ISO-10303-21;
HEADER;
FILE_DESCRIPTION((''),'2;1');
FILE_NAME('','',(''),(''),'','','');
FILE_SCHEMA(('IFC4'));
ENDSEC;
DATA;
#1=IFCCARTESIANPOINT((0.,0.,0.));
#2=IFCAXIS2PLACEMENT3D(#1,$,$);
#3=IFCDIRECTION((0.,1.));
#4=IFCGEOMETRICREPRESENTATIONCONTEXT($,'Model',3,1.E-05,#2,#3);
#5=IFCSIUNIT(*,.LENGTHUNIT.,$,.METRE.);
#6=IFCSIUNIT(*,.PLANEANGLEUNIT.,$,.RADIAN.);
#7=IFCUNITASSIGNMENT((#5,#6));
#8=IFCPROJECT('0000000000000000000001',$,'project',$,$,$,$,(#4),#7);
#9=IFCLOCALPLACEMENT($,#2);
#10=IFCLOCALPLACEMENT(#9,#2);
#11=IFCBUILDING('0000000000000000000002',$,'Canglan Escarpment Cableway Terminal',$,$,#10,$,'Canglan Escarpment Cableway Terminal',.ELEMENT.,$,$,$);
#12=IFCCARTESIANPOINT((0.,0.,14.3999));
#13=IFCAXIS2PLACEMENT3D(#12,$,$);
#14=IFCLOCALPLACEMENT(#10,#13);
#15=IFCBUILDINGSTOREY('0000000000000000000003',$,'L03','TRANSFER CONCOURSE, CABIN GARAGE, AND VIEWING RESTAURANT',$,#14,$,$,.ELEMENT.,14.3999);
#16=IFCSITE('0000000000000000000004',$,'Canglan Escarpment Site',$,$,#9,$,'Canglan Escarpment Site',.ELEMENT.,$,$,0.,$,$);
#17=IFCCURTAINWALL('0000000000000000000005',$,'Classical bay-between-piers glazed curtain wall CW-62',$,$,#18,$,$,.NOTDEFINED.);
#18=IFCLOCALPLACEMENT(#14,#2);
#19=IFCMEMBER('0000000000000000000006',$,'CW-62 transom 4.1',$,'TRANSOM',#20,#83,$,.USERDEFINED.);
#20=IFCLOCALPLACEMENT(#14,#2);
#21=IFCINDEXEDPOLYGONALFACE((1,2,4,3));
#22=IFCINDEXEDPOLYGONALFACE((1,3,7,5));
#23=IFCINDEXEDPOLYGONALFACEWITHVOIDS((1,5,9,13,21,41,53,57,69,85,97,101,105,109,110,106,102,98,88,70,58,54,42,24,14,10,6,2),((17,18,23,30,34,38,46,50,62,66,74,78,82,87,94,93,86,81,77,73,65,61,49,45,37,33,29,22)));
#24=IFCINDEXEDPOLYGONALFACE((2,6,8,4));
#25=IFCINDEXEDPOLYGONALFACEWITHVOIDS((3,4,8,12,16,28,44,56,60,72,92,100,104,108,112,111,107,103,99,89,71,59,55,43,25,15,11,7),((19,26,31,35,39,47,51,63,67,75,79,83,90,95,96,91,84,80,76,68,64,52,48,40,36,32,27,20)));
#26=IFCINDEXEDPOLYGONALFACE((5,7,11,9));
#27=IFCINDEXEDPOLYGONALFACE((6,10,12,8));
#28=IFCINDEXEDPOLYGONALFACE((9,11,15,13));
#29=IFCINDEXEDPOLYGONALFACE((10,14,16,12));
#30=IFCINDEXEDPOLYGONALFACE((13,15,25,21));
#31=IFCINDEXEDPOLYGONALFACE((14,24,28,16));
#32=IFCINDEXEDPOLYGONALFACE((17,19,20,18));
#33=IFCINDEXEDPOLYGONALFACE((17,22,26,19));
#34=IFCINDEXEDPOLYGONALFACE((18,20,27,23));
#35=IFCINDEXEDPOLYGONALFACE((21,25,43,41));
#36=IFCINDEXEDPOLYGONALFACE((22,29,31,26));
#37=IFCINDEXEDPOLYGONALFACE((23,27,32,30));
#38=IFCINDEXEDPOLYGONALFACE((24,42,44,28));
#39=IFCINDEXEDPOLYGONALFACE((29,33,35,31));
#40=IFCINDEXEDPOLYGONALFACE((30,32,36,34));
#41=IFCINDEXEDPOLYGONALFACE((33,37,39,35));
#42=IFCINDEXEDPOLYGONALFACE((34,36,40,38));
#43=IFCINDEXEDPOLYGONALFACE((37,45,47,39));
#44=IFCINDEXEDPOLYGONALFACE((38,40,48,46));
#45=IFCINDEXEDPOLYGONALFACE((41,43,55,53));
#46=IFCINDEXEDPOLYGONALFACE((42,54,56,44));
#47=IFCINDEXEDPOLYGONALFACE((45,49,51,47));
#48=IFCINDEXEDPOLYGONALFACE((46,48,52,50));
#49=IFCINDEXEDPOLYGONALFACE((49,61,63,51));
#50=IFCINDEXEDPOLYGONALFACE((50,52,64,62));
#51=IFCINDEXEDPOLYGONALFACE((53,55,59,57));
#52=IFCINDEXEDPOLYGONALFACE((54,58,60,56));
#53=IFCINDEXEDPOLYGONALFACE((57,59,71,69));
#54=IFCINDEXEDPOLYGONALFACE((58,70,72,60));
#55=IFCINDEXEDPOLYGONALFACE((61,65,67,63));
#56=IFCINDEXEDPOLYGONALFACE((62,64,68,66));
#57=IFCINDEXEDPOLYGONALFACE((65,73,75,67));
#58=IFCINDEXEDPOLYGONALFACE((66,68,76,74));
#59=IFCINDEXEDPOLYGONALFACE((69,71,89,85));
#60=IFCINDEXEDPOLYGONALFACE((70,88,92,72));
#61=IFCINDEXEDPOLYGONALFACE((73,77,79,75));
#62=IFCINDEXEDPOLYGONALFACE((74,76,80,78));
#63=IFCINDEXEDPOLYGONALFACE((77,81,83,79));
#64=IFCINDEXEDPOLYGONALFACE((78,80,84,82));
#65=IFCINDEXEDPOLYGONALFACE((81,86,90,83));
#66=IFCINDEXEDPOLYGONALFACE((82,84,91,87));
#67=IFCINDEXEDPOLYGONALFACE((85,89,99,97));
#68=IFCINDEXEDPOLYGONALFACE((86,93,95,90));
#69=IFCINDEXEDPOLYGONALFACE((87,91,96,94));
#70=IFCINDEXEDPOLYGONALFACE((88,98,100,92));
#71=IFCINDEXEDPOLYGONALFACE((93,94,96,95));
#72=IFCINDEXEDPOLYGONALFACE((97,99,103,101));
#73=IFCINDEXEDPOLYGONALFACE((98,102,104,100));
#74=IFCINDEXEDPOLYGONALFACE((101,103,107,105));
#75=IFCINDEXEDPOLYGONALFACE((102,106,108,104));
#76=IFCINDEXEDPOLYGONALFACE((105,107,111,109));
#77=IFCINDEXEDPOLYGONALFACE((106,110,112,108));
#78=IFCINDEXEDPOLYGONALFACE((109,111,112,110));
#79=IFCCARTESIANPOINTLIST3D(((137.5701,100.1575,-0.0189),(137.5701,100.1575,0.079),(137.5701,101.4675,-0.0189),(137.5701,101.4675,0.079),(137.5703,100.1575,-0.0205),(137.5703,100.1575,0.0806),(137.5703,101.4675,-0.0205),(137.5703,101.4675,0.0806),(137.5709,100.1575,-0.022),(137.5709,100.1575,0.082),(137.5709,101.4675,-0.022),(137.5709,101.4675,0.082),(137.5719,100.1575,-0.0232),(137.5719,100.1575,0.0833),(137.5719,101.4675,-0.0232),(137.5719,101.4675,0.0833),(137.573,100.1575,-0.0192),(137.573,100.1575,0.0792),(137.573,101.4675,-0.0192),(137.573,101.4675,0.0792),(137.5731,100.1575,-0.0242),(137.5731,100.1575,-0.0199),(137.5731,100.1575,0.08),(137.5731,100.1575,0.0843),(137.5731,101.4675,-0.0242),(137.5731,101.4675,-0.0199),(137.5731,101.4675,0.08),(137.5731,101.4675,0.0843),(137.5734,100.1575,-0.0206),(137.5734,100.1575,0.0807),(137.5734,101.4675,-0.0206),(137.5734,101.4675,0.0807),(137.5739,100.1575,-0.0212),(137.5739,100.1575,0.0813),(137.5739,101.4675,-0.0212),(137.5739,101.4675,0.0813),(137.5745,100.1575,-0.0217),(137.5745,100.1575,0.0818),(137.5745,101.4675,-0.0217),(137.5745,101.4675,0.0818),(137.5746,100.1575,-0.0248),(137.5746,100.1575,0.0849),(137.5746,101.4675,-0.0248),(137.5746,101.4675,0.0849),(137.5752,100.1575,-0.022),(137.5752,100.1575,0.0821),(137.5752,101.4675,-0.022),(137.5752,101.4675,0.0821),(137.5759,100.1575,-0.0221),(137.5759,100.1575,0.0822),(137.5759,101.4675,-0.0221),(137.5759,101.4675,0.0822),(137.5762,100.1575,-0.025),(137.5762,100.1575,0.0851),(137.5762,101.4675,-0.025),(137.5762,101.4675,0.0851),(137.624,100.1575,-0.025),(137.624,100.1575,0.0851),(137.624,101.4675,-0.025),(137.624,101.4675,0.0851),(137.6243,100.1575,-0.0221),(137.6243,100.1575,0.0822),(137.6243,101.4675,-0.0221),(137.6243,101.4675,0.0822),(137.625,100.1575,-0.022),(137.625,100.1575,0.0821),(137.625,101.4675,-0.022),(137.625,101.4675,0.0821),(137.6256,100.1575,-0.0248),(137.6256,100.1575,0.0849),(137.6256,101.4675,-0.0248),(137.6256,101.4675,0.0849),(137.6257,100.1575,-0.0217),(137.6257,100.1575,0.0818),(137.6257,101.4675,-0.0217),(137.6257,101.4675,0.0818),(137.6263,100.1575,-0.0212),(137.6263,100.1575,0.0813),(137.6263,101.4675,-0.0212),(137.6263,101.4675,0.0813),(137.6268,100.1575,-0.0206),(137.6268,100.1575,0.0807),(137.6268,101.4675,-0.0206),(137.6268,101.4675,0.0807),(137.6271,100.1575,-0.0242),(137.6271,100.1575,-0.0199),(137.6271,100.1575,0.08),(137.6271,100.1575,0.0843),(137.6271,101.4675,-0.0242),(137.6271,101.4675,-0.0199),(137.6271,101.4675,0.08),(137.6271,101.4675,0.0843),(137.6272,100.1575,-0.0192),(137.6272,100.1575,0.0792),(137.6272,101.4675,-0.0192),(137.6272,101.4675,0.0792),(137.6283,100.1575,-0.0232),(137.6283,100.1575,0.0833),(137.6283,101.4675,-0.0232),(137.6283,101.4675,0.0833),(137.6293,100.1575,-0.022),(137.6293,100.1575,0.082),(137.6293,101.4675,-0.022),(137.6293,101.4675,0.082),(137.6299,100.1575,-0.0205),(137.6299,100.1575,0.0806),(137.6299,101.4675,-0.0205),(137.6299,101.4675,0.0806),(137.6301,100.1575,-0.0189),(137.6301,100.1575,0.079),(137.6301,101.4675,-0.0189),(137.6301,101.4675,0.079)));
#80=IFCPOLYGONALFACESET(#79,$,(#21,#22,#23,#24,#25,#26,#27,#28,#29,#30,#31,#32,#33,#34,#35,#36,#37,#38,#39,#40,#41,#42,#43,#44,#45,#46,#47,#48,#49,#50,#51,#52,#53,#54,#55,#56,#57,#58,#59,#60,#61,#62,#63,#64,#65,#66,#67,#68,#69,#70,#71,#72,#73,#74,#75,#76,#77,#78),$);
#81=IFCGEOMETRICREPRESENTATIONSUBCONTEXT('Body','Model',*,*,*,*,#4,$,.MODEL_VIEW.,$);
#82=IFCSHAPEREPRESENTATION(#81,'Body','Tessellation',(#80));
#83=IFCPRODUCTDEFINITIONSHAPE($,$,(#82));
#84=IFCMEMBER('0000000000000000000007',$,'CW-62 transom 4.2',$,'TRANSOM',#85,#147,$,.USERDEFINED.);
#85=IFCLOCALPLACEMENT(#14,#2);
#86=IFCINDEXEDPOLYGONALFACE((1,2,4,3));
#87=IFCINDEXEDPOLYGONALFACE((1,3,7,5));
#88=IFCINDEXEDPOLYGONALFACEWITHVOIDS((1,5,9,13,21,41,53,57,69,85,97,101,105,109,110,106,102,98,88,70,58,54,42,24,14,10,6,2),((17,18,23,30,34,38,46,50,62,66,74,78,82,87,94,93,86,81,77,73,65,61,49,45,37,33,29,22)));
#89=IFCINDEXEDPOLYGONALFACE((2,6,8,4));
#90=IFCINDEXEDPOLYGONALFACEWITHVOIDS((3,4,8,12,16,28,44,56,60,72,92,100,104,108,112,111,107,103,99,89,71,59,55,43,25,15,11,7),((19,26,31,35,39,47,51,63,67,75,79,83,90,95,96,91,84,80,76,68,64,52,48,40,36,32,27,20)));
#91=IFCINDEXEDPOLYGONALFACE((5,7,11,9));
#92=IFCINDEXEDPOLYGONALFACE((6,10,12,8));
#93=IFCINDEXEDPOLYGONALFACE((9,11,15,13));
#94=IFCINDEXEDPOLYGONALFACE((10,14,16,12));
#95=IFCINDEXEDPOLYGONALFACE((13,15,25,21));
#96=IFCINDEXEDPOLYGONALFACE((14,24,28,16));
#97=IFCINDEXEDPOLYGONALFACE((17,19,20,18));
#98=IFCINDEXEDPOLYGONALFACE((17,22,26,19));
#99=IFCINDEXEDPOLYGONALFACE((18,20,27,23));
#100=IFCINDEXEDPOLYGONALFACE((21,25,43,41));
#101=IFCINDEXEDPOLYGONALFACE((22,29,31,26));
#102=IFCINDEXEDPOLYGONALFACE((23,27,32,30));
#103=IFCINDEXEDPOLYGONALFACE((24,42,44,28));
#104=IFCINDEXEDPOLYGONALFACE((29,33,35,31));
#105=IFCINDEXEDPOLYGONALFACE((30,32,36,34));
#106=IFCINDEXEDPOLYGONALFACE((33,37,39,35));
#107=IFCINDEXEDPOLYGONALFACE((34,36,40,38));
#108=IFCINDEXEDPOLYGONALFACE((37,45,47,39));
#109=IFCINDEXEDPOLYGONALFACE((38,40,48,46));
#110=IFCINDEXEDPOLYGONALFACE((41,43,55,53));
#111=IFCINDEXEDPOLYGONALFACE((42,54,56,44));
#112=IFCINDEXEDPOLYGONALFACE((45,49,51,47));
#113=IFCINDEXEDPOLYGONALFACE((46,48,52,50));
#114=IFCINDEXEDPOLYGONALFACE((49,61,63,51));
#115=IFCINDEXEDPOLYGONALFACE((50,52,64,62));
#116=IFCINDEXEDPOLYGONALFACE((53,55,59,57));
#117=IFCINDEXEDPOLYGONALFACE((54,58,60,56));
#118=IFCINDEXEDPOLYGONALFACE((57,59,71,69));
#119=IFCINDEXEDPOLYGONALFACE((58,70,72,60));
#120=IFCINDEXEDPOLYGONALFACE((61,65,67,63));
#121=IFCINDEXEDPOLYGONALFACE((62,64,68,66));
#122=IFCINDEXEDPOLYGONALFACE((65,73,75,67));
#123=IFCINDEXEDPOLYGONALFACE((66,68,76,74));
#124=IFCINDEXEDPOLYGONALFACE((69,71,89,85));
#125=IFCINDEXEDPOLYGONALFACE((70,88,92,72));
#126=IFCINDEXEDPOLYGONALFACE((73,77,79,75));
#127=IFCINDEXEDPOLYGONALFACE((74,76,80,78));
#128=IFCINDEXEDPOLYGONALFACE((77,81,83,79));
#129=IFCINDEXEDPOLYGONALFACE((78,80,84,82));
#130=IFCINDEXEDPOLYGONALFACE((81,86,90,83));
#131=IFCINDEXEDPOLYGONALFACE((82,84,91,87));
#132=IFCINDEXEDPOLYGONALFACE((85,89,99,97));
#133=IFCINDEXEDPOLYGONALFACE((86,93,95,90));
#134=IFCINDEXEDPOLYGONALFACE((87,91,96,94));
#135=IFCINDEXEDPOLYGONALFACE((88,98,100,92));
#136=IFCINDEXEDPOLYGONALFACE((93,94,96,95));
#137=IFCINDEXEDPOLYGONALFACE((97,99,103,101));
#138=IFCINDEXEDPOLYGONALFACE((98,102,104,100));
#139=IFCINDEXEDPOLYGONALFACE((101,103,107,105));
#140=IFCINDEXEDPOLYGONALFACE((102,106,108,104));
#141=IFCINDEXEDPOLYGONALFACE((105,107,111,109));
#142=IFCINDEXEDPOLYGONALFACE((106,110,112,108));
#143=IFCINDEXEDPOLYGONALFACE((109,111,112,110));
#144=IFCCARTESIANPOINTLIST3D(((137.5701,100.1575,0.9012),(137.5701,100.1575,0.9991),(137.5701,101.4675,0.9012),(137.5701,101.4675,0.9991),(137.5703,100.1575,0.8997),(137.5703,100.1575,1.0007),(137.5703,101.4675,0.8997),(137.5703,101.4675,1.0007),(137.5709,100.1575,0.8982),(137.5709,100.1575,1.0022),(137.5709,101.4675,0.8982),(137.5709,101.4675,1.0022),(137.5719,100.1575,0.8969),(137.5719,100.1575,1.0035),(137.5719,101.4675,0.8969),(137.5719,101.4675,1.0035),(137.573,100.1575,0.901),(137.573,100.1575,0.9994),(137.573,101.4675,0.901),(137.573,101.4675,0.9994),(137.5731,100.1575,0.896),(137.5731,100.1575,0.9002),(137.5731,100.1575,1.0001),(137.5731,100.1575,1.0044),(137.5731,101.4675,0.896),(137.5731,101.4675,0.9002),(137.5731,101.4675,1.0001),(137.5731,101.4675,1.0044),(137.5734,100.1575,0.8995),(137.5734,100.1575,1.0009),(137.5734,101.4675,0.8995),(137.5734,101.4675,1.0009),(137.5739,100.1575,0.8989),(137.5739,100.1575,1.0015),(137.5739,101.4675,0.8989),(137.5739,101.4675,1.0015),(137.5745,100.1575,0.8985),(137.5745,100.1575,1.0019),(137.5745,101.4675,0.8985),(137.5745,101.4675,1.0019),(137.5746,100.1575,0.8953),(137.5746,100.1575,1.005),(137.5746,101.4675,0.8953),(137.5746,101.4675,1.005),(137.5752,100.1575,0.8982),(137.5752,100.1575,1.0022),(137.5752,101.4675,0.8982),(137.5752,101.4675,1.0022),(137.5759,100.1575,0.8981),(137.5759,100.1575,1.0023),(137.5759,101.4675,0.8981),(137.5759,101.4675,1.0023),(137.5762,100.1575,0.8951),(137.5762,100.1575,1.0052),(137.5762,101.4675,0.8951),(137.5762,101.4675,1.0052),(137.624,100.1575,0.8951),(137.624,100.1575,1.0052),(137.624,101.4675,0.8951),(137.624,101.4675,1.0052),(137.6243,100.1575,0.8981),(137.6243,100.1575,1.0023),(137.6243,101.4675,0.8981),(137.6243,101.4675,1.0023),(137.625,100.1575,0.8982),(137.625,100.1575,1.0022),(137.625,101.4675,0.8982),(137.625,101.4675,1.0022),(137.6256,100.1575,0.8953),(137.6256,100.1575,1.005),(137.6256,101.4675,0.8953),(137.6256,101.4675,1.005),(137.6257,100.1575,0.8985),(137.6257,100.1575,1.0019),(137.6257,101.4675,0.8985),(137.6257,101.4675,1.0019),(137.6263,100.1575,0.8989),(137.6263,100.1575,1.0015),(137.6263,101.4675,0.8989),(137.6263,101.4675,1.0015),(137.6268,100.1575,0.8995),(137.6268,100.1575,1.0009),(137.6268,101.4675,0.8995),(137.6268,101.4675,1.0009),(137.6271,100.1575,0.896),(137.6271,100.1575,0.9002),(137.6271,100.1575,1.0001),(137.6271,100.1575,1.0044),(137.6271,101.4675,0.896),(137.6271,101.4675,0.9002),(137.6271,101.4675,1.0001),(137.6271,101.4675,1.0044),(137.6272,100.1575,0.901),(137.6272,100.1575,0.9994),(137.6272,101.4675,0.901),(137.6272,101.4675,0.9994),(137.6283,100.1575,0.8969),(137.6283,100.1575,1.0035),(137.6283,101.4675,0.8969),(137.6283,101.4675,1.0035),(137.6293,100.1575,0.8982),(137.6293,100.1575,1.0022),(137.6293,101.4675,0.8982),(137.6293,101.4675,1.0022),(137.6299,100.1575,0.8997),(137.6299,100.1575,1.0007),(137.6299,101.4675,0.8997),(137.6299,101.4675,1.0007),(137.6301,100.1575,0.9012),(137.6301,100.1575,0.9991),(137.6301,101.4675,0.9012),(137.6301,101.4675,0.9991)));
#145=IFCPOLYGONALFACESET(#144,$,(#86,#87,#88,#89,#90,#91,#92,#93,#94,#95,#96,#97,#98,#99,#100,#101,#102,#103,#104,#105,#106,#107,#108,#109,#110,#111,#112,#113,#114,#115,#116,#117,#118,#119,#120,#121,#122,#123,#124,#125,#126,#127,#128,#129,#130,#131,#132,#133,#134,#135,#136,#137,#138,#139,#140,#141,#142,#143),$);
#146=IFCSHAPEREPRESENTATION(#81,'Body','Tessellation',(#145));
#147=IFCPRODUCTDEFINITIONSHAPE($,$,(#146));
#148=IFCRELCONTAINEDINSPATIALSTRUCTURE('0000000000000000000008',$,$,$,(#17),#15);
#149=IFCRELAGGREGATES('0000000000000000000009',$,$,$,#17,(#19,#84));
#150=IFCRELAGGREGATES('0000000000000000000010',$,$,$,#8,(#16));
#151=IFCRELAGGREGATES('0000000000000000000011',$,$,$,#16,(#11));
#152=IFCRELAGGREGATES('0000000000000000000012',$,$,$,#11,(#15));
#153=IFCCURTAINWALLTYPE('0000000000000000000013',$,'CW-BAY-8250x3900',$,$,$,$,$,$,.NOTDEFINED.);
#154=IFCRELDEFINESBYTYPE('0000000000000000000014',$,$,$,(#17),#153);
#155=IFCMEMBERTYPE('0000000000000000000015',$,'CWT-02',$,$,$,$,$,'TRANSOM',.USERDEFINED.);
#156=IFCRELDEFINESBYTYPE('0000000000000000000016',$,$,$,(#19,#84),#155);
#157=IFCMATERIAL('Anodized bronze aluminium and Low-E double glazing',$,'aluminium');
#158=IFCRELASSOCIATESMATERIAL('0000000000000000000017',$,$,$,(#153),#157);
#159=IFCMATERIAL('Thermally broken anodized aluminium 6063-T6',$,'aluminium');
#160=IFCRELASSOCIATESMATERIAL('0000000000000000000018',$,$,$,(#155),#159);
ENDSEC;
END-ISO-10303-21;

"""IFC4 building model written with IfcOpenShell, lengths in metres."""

from ifc_helpers import new_model, si_unit, direction, frame, origin, origin_2d, place, context, subcontext, project, spatial, hollow_rectangle, extrude, material, material_profile, profile_set, type_object, element, aggregate, save


model = new_model("IFC4")

# Units and contexts
model_context = context("Model", 3, precision=1e-05, world=origin(), true_north=direction((0.0, 1.0)))
body_context = subcontext(model_context, "Body", "Model", "MODEL_VIEW")
ifc_project = project(units=[si_unit("LENGTHUNIT", "METRE"), si_unit("PLANEANGLEUNIT", "RADIAN")], contexts=[model_context])

# Site, building, storey
site_placement = place(None, origin())
site = spatial("IfcSite", under=ifc_project, at=site_placement, Name="Canglan Escarpment Site", LongName="Canglan Escarpment Site", CompositionType="ELEMENT", RefElevation=0.0)
building_placement = place(site_placement, origin())
building = spatial("IfcBuilding", under=site, at=building_placement, Name="Canglan Escarpment Cableway Terminal", LongName="Canglan Escarpment Cableway Terminal", CompositionType="ELEMENT")
storey_placement = place(building_placement, frame((0.0, 0.0, 14.3999)))
storey = spatial("IfcBuildingStorey", under=building, at=storey_placement, Name="L03", Description="TRANSFER CONCOURSE, CABIN GARAGE, AND VIEWING RESTAURANT", CompositionType="ELEMENT", Elevation=14.3999)

# Curtain wall
ifc_material_1 = material(Name="Anodized bronze aluminium and Low-E double glazing", Category="aluminium")
curtain_wall_type_1 = type_object("IfcCurtainWallType", Name="CW-BAY-8250x3900", PredefinedType="NOTDEFINED", material=ifc_material_1)
curtain_wall_1_placement = place(storey_placement, origin())
curtain_wall_1 = element("IfcCurtainWall", 1, at=curtain_wall_1_placement, inside=storey, type_object=curtain_wall_type_1, Name="Classical bay-between-piers glazed curtain wall CW-62", PredefinedType="NOTDEFINED")
ifc_material_2 = material(Name="Thermally broken anodized aluminium 6063-T6", Category="aluminium")
ifc_material_profile_1 = material_profile(ifc_material_2, hollow_rectangle(XDim=0.0601, YDim=0.1101, WallThickness=0.0029, InnerFilletRadius=0.0029, OuterFilletRadius=0.0061, at=origin_2d()), Name="ALU-TRAN 60x110x3")
ifc_profile_set_1 = profile_set([ifc_material_profile_1], Name="Thermally broken anodized aluminium 6063-T6")
member_type_1 = type_object("IfcMemberType", Name="CWT-02", ElementType="TRANSOM", PredefinedType="USERDEFINED", material=ifc_profile_set_1)

# Members
member_1_placement = place(storey_placement, frame((137.6001, 101.4675, 0.03), z_axis=(0.0, -1.0, 0.0), x_axis=(1.0, 0.0, 0.0)))
member_1 = element("IfcMember", 2, at=member_1_placement, type_object=member_type_1, Name="CW-62 transom 4.1", ObjectType="TRANSOM", PredefinedType="USERDEFINED", context=body_context, shape_type="SweptSolid", body=[
    extrude(hollow_rectangle(XDim=0.0601, YDim=0.1101, WallThickness=0.0029, InnerFilletRadius=0.0029, OuterFilletRadius=0.0061, at=origin_2d()), origin(), (0.0, 0.0, 1.0), 1.3101),
])
member_2_placement = place(storey_placement, frame((137.6001, 101.4675, 0.9502), z_axis=(0.0, -1.0, 0.0), x_axis=(1.0, 0.0, 0.0)))
member_2 = element("IfcMember", 3, at=member_2_placement, type_object=member_type_1, Name="CW-62 transom 4.2", ObjectType="TRANSOM", PredefinedType="USERDEFINED", context=body_context, shape_type="SweptSolid", body=[
    extrude(hollow_rectangle(XDim=0.0601, YDim=0.1101, WallThickness=0.0029, InnerFilletRadius=0.0029, OuterFilletRadius=0.0061, at=origin_2d()), origin(), (0.0, 0.0, 1.0), 1.3101),
])

aggregate(curtain_wall_1, [member_1, member_2])

save(model, "model.ifc")
